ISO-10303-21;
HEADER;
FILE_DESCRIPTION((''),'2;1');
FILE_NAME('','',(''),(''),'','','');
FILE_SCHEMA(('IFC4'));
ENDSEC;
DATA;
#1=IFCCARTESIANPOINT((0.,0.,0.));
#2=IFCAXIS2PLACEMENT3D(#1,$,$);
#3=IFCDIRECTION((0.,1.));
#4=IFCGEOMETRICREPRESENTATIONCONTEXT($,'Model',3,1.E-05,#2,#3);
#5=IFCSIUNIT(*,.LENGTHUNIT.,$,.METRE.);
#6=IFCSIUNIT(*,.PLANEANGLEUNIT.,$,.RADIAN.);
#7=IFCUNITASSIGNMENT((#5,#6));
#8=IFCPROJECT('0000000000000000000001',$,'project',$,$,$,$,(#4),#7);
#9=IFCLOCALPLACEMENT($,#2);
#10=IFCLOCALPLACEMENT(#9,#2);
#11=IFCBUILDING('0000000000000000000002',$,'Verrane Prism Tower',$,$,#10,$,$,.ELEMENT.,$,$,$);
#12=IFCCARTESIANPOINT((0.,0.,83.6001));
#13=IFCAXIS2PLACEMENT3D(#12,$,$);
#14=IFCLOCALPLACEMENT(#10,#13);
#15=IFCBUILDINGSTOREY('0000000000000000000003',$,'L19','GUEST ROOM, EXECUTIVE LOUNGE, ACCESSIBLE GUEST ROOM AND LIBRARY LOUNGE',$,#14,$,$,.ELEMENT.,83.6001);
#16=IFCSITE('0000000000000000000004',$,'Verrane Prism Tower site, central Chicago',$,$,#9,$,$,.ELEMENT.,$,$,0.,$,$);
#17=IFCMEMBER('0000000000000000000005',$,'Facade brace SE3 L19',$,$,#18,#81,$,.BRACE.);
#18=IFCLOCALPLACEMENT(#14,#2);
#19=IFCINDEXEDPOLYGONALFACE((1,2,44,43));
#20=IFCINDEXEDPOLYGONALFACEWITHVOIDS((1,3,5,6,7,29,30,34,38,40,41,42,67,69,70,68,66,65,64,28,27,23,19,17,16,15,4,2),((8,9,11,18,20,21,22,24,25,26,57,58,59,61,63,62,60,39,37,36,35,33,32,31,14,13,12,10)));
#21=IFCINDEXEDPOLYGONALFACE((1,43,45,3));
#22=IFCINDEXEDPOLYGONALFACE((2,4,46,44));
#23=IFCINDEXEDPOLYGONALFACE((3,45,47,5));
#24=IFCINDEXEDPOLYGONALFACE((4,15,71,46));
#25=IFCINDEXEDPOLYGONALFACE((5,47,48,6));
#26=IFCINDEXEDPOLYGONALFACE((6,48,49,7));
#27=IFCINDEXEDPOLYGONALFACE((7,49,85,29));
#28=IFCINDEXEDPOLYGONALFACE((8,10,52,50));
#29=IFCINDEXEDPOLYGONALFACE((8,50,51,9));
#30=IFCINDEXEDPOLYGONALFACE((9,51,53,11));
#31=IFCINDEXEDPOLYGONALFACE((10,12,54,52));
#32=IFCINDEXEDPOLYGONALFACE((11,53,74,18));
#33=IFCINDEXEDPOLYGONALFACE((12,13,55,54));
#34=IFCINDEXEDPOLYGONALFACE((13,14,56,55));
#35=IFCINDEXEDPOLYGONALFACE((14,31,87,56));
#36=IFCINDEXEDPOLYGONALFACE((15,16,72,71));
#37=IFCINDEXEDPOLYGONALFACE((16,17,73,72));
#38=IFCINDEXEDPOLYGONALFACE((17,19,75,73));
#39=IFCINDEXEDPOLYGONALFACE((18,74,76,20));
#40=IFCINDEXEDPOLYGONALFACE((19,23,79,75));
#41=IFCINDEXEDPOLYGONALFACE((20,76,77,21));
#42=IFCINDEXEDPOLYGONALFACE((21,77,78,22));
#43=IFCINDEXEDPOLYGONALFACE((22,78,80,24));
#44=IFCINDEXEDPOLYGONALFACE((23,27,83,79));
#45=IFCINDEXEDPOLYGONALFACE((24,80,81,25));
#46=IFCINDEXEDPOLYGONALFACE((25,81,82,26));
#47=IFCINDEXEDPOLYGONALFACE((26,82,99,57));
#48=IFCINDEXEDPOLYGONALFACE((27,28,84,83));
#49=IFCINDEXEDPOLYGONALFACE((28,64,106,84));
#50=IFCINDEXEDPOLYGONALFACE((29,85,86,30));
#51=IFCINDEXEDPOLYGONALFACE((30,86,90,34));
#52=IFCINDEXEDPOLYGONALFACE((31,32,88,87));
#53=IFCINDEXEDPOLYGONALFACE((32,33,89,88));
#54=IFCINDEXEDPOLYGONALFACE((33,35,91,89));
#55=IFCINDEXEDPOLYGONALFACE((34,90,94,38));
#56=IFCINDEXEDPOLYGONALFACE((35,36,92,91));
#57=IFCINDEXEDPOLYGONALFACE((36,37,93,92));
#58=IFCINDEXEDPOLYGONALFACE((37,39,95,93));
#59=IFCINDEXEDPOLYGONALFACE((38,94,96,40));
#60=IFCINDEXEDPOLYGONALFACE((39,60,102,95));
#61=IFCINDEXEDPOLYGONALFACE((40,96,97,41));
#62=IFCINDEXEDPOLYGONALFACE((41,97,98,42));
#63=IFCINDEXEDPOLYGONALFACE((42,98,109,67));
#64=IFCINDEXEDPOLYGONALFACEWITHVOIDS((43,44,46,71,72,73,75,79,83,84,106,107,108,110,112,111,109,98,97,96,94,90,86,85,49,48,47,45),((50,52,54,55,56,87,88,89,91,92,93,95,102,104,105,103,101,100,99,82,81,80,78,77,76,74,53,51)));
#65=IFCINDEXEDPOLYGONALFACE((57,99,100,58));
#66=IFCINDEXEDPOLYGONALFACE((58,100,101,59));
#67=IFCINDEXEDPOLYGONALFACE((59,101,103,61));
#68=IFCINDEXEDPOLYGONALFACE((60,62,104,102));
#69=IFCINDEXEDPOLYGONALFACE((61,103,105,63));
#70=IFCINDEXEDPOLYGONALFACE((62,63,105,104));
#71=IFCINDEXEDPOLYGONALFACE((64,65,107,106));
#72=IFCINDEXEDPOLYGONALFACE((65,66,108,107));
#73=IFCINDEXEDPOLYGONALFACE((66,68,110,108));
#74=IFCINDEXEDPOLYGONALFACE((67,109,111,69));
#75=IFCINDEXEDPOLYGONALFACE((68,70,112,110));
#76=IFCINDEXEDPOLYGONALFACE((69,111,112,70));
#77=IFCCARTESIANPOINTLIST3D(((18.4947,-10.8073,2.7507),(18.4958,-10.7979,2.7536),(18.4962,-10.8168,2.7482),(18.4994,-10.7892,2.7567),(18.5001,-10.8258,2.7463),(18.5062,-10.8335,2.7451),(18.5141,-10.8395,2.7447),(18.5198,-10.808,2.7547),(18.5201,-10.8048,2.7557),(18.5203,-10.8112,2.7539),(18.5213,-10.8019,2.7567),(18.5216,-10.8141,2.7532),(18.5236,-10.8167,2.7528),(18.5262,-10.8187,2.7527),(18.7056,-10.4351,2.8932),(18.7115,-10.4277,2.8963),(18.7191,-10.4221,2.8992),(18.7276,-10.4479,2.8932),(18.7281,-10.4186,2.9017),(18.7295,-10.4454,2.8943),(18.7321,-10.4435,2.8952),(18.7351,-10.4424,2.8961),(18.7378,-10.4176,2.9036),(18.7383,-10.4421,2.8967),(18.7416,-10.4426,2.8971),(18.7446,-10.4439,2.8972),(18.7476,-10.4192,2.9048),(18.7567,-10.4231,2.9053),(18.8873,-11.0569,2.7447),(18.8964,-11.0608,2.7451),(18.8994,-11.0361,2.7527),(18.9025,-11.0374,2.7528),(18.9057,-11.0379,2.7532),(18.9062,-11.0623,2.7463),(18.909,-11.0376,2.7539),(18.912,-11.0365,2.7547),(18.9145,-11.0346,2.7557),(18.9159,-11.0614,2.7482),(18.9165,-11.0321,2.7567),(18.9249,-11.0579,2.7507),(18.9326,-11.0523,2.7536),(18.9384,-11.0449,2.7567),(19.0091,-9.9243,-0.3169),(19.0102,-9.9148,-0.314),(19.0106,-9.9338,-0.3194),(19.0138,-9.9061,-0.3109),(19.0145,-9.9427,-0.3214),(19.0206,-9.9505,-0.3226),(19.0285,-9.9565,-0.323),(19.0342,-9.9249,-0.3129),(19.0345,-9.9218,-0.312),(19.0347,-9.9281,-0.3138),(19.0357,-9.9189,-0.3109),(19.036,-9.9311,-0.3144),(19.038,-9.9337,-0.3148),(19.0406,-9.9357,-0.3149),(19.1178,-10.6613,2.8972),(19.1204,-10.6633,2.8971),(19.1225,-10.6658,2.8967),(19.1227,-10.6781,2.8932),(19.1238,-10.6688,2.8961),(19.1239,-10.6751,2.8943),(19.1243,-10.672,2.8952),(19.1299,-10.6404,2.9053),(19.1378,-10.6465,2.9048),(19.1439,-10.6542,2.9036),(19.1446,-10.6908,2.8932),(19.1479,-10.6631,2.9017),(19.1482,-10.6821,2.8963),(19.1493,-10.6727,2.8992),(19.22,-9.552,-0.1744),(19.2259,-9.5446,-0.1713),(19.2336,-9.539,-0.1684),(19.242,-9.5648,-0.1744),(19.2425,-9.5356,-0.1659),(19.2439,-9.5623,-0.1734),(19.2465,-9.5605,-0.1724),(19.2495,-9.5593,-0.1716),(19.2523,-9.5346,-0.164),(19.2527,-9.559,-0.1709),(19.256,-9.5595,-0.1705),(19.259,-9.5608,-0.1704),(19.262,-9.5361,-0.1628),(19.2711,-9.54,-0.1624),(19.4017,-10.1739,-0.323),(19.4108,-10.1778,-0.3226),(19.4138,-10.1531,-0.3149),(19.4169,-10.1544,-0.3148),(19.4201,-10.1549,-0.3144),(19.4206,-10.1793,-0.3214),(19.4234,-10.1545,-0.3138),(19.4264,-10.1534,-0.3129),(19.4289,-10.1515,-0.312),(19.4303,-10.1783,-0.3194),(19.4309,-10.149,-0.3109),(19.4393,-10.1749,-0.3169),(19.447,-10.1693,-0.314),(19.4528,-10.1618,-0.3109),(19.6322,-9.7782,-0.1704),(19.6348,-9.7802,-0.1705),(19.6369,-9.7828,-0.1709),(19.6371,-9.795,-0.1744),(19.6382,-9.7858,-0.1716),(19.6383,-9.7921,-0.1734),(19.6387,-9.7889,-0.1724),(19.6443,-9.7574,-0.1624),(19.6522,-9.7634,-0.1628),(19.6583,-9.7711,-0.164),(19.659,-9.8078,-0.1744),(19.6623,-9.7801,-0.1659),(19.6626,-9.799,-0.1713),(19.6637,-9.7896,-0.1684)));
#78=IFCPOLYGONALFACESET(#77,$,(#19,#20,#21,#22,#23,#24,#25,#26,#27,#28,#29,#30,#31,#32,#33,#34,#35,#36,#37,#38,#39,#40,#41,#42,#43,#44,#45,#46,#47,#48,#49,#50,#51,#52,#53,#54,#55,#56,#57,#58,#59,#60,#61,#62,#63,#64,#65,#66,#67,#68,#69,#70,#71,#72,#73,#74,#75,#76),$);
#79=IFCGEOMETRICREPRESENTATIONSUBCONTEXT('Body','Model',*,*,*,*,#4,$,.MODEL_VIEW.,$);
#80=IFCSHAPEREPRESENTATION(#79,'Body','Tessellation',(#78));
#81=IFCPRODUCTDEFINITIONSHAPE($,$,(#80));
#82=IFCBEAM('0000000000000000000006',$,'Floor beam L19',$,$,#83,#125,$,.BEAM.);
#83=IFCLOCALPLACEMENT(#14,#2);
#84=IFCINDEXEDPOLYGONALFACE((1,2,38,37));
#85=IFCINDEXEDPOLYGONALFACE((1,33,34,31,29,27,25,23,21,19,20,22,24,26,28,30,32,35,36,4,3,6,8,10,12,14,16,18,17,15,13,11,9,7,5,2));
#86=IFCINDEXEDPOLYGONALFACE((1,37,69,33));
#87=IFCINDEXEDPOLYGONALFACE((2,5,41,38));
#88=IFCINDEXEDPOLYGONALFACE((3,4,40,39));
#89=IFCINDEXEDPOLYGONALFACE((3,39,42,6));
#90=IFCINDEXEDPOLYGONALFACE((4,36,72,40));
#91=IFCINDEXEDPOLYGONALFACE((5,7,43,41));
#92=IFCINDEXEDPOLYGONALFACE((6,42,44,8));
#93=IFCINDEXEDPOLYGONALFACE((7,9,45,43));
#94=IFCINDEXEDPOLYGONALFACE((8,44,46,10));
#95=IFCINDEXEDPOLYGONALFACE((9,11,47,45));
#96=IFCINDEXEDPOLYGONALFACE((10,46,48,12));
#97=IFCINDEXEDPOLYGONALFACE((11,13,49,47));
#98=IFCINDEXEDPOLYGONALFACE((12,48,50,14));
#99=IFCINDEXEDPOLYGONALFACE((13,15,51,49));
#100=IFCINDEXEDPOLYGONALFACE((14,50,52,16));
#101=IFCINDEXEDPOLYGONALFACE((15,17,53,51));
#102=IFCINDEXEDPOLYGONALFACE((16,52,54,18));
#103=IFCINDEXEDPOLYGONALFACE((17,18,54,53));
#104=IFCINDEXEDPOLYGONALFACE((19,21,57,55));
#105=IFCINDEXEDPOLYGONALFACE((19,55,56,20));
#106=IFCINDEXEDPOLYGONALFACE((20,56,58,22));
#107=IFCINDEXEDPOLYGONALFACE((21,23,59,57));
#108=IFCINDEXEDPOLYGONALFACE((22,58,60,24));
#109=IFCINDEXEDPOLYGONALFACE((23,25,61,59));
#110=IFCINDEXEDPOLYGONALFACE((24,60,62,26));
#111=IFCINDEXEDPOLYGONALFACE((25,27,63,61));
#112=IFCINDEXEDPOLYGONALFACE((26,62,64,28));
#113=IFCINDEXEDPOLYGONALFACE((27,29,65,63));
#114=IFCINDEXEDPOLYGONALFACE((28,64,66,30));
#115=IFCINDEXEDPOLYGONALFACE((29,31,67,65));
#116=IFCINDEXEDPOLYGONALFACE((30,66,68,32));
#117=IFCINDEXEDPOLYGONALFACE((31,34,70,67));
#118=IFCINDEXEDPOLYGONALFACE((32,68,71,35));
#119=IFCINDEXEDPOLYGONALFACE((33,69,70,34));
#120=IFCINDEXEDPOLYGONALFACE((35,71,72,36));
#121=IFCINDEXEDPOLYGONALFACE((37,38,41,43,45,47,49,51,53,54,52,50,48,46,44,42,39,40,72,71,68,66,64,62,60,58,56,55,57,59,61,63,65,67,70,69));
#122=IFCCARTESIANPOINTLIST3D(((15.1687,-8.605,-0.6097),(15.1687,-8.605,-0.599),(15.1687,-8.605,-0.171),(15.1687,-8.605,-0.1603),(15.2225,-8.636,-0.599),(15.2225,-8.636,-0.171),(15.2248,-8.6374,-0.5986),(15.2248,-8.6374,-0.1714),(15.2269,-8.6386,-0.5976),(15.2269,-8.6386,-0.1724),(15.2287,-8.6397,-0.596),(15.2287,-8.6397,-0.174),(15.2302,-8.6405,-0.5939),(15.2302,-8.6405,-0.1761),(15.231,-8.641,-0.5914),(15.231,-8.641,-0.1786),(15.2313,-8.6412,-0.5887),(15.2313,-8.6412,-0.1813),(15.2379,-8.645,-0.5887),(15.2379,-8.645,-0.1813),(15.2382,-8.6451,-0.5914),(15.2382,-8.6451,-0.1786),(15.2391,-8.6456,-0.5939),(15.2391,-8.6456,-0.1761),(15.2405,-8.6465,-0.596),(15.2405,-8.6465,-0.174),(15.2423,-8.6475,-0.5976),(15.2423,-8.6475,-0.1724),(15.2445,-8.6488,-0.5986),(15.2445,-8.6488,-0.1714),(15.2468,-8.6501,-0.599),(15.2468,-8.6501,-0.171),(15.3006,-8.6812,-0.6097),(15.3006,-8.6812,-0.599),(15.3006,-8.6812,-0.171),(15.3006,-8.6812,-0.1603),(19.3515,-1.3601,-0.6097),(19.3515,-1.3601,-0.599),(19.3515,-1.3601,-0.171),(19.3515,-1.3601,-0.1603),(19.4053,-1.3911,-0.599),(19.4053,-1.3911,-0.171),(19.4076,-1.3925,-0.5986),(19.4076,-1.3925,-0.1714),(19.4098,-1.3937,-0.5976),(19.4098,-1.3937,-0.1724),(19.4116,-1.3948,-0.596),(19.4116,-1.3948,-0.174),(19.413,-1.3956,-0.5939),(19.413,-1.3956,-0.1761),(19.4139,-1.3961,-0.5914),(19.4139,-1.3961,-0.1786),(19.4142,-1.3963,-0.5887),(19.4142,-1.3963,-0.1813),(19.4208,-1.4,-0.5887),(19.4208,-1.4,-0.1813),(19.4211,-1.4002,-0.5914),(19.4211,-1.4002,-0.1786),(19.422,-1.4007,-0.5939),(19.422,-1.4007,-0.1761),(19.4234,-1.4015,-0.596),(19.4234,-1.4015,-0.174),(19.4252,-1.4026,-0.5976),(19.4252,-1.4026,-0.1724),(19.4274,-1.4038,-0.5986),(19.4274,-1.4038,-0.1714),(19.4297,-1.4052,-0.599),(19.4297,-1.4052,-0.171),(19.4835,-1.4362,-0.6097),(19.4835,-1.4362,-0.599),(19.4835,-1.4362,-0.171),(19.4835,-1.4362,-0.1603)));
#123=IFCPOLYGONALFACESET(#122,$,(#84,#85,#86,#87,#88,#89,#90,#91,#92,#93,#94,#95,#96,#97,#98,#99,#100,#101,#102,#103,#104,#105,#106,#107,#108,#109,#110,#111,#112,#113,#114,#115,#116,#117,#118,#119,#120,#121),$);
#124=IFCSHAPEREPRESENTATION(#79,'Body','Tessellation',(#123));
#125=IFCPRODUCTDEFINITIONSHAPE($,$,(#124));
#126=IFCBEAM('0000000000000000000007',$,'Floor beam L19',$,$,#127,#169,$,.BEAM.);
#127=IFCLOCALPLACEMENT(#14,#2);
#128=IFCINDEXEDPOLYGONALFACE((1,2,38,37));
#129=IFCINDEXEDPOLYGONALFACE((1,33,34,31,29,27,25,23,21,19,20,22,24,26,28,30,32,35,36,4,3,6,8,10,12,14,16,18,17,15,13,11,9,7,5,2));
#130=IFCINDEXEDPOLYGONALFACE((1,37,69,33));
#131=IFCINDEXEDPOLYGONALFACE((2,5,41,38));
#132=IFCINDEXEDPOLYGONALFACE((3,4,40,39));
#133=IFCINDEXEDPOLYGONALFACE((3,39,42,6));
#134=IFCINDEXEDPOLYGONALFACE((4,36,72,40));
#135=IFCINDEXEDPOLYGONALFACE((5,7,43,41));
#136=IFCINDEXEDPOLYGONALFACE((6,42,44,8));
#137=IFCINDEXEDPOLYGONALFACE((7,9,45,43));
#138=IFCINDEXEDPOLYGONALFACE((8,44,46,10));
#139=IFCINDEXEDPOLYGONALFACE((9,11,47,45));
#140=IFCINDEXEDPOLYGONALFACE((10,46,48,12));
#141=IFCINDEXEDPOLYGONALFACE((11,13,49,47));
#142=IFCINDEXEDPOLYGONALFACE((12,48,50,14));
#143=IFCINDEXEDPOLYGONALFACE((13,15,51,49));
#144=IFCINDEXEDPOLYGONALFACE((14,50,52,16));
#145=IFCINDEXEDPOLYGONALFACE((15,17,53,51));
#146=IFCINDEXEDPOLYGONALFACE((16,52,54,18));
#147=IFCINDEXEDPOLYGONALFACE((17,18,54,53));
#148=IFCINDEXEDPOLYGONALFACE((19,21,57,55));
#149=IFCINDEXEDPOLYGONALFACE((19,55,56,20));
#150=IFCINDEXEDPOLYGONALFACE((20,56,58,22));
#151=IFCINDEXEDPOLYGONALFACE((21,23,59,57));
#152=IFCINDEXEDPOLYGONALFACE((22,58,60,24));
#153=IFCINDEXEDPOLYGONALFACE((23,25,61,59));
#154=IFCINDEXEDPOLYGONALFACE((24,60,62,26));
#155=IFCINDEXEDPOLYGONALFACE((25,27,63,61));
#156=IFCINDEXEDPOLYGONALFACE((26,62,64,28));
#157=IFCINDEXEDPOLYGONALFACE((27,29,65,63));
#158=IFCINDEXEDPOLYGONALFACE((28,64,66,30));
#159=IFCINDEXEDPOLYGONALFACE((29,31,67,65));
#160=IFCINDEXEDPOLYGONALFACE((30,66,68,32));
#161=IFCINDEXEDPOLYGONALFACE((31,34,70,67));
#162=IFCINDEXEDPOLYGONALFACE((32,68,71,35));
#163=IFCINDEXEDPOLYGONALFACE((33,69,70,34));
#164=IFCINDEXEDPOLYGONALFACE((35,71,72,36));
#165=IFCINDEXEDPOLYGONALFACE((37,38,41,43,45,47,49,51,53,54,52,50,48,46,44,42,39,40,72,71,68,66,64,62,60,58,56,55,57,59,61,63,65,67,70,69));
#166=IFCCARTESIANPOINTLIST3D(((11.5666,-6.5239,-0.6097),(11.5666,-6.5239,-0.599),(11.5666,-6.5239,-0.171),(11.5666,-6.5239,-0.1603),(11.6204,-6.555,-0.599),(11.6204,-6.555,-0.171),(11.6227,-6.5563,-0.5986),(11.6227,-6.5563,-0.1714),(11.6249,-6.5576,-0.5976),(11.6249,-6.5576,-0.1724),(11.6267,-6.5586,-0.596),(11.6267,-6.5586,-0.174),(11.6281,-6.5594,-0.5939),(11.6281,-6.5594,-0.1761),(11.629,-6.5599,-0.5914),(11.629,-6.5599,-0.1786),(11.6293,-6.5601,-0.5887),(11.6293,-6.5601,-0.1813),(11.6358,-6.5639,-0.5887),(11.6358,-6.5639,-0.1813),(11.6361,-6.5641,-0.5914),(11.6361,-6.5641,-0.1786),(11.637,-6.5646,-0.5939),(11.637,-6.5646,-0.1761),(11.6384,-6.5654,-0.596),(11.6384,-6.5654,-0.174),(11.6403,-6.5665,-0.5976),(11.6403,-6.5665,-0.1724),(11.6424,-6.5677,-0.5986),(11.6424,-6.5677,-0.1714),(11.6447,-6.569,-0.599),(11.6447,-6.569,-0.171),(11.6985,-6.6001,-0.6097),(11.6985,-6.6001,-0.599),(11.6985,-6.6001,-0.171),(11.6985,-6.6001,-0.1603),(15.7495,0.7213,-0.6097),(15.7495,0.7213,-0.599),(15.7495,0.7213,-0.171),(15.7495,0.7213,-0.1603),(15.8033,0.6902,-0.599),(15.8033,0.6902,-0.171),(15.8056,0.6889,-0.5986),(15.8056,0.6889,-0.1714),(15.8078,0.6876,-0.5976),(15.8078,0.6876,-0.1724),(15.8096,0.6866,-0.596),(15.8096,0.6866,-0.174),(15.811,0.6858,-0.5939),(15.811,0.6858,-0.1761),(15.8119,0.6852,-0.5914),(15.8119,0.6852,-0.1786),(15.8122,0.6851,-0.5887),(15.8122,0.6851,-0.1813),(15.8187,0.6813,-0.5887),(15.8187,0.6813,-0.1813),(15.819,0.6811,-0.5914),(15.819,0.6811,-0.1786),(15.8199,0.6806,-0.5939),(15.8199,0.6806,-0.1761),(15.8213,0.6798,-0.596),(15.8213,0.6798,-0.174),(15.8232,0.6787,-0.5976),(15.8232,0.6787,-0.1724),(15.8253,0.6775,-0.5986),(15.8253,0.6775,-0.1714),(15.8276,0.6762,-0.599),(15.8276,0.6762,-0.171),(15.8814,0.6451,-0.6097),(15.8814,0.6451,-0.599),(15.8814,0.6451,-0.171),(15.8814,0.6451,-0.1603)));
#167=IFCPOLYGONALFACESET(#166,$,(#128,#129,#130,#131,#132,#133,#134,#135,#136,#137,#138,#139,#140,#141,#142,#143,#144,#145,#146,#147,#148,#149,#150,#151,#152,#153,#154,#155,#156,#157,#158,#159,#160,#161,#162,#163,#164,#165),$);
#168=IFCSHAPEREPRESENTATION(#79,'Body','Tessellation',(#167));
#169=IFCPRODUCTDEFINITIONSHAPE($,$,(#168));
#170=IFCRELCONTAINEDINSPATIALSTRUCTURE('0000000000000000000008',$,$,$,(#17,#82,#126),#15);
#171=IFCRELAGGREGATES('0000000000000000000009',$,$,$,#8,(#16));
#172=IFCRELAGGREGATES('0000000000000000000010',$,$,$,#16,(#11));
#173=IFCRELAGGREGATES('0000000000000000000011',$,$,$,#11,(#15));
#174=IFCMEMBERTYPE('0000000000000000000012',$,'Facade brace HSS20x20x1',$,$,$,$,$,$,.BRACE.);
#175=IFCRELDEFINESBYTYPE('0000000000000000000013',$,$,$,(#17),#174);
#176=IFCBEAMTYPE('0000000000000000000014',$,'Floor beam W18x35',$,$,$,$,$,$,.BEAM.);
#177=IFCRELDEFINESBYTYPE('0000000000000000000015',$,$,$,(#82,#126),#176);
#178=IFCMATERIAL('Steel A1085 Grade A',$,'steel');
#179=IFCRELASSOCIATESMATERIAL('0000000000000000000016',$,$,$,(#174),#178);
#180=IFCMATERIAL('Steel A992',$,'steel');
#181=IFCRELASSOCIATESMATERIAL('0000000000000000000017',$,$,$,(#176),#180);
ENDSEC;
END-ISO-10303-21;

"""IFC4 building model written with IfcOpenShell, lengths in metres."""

from ifc_helpers import new_model, si_unit, direction, frame, origin, origin_2d, place, context, subcontext, project, spatial, hollow_rectangle, i_section, extrude, material, material_profile, profile_set, type_object, element, save


model = new_model("IFC4")

# Units and contexts
model_context = context("Model", 3, precision=1e-05, world=origin(), true_north=direction((0.0, 1.0)))
body_context = subcontext(model_context, "Body", "Model", "MODEL_VIEW")
ifc_project = project(units=[si_unit("LENGTHUNIT", "METRE"), si_unit("PLANEANGLEUNIT", "RADIAN")], contexts=[model_context])

# Site, building, storey
site_placement = place(None, origin())
site = spatial("IfcSite", under=ifc_project, at=site_placement, Name="Verrane Prism Tower site, central Chicago", CompositionType="ELEMENT", RefElevation=0.0)
building_placement = place(site_placement, origin())
building = spatial("IfcBuilding", under=site, at=building_placement, Name="Verrane Prism Tower", CompositionType="ELEMENT")
storey_placement = place(building_placement, frame((0.0, 0.0, 83.6001)))
storey = spatial("IfcBuildingStorey", under=building, at=storey_placement, Name="L19", Description="GUEST ROOM, EXECUTIVE LOUNGE, ACCESSIBLE GUEST ROOM AND LIBRARY LOUNGE", CompositionType="ELEMENT", Elevation=83.6001)

# Member
ifc_material_1 = material(Name="Steel A1085 Grade A", Category="steel")
ifc_material_profile_1 = material_profile(ifc_material_1, hollow_rectangle(XDim=0.5081, YDim=0.5081, WallThickness=0.0254, InnerFilletRadius=0.0127, OuterFilletRadius=0.0381, at=origin_2d()), Name="HSS20x20x1")
ifc_profile_set_1 = profile_set([ifc_material_profile_1], Name="Steel A1085 Grade A")
member_type_1 = type_object("IfcMemberType", Name="Facade brace HSS20x20x1", PredefinedType="BRACE", material=ifc_profile_set_1)
member_1_placement = place(storey_placement, frame((19.3364, -9.8569, -0.2427), z_axis=(-0.159092, -0.273106, 0.948737), x_axis=(0.864082, -0.503351, 0.0)))
element("IfcMember", 1, at=member_1_placement, inside=storey, type_object=member_type_1, Name="Facade brace SE3 L19", PredefinedType="BRACE", context=body_context, shape_type="SweptSolid", body=[
    extrude(hollow_rectangle(XDim=0.5081, YDim=0.5081, WallThickness=0.0254, InnerFilletRadius=0.0127, OuterFilletRadius=0.0381, at=origin_2d()), origin(), (0.0, 0.0, 1.0), 3.2334),
])

# Beams
ifc_material_2 = material(Name="Steel A992", Category="steel")
ifc_material_profile_2 = material_profile(ifc_material_2, i_section(OverallWidth=0.1523, OverallDepth=0.4495, WebThickness=0.0076, FlangeThickness=0.0107, FilletRadius=0.0103, at=origin_2d()), Name="W18x35")
ifc_profile_set_2 = profile_set([ifc_material_profile_2], Name="Steel A992")
beam_type_1 = type_object("IfcBeamType", Name="Floor beam W18x35", PredefinedType="BEAM", material=ifc_profile_set_2)
beam_1_placement = place(storey_placement, frame((15.2346, -8.6431, -0.385), z_axis=(0.500003, 0.866024, 0.0), x_axis=(-0.866024, 0.500003, 0.0)))
element("IfcBeam", 2, at=beam_1_placement, inside=storey, type_object=beam_type_1, Name="Floor beam L19", PredefinedType="BEAM", context=body_context, shape_type="SweptSolid", body=[
    extrude(i_section(OverallWidth=0.1523, OverallDepth=0.4495, WebThickness=0.0076, FlangeThickness=0.0107, FilletRadius=0.0103, at=origin_2d()), origin(), (0.0, 0.0, 1.0), 8.3657),
])
beam_2_placement = place(storey_placement, frame((11.6326, -6.562, -0.385), z_axis=(0.49999, 0.866031, 0.0), x_axis=(-0.866031, 0.49999, 0.0)))
element("IfcBeam", 3, at=beam_2_placement, inside=storey, type_object=beam_type_1, Name="Floor beam L19", PredefinedType="BEAM", context=body_context, shape_type="SweptSolid", body=[
    extrude(i_section(OverallWidth=0.1523, OverallDepth=0.4495, WebThickness=0.0076, FlangeThickness=0.0107, FilletRadius=0.0103, at=origin_2d()), origin(), (0.0, 0.0, 1.0), 8.366),
])

save(model, "model.ifc")
